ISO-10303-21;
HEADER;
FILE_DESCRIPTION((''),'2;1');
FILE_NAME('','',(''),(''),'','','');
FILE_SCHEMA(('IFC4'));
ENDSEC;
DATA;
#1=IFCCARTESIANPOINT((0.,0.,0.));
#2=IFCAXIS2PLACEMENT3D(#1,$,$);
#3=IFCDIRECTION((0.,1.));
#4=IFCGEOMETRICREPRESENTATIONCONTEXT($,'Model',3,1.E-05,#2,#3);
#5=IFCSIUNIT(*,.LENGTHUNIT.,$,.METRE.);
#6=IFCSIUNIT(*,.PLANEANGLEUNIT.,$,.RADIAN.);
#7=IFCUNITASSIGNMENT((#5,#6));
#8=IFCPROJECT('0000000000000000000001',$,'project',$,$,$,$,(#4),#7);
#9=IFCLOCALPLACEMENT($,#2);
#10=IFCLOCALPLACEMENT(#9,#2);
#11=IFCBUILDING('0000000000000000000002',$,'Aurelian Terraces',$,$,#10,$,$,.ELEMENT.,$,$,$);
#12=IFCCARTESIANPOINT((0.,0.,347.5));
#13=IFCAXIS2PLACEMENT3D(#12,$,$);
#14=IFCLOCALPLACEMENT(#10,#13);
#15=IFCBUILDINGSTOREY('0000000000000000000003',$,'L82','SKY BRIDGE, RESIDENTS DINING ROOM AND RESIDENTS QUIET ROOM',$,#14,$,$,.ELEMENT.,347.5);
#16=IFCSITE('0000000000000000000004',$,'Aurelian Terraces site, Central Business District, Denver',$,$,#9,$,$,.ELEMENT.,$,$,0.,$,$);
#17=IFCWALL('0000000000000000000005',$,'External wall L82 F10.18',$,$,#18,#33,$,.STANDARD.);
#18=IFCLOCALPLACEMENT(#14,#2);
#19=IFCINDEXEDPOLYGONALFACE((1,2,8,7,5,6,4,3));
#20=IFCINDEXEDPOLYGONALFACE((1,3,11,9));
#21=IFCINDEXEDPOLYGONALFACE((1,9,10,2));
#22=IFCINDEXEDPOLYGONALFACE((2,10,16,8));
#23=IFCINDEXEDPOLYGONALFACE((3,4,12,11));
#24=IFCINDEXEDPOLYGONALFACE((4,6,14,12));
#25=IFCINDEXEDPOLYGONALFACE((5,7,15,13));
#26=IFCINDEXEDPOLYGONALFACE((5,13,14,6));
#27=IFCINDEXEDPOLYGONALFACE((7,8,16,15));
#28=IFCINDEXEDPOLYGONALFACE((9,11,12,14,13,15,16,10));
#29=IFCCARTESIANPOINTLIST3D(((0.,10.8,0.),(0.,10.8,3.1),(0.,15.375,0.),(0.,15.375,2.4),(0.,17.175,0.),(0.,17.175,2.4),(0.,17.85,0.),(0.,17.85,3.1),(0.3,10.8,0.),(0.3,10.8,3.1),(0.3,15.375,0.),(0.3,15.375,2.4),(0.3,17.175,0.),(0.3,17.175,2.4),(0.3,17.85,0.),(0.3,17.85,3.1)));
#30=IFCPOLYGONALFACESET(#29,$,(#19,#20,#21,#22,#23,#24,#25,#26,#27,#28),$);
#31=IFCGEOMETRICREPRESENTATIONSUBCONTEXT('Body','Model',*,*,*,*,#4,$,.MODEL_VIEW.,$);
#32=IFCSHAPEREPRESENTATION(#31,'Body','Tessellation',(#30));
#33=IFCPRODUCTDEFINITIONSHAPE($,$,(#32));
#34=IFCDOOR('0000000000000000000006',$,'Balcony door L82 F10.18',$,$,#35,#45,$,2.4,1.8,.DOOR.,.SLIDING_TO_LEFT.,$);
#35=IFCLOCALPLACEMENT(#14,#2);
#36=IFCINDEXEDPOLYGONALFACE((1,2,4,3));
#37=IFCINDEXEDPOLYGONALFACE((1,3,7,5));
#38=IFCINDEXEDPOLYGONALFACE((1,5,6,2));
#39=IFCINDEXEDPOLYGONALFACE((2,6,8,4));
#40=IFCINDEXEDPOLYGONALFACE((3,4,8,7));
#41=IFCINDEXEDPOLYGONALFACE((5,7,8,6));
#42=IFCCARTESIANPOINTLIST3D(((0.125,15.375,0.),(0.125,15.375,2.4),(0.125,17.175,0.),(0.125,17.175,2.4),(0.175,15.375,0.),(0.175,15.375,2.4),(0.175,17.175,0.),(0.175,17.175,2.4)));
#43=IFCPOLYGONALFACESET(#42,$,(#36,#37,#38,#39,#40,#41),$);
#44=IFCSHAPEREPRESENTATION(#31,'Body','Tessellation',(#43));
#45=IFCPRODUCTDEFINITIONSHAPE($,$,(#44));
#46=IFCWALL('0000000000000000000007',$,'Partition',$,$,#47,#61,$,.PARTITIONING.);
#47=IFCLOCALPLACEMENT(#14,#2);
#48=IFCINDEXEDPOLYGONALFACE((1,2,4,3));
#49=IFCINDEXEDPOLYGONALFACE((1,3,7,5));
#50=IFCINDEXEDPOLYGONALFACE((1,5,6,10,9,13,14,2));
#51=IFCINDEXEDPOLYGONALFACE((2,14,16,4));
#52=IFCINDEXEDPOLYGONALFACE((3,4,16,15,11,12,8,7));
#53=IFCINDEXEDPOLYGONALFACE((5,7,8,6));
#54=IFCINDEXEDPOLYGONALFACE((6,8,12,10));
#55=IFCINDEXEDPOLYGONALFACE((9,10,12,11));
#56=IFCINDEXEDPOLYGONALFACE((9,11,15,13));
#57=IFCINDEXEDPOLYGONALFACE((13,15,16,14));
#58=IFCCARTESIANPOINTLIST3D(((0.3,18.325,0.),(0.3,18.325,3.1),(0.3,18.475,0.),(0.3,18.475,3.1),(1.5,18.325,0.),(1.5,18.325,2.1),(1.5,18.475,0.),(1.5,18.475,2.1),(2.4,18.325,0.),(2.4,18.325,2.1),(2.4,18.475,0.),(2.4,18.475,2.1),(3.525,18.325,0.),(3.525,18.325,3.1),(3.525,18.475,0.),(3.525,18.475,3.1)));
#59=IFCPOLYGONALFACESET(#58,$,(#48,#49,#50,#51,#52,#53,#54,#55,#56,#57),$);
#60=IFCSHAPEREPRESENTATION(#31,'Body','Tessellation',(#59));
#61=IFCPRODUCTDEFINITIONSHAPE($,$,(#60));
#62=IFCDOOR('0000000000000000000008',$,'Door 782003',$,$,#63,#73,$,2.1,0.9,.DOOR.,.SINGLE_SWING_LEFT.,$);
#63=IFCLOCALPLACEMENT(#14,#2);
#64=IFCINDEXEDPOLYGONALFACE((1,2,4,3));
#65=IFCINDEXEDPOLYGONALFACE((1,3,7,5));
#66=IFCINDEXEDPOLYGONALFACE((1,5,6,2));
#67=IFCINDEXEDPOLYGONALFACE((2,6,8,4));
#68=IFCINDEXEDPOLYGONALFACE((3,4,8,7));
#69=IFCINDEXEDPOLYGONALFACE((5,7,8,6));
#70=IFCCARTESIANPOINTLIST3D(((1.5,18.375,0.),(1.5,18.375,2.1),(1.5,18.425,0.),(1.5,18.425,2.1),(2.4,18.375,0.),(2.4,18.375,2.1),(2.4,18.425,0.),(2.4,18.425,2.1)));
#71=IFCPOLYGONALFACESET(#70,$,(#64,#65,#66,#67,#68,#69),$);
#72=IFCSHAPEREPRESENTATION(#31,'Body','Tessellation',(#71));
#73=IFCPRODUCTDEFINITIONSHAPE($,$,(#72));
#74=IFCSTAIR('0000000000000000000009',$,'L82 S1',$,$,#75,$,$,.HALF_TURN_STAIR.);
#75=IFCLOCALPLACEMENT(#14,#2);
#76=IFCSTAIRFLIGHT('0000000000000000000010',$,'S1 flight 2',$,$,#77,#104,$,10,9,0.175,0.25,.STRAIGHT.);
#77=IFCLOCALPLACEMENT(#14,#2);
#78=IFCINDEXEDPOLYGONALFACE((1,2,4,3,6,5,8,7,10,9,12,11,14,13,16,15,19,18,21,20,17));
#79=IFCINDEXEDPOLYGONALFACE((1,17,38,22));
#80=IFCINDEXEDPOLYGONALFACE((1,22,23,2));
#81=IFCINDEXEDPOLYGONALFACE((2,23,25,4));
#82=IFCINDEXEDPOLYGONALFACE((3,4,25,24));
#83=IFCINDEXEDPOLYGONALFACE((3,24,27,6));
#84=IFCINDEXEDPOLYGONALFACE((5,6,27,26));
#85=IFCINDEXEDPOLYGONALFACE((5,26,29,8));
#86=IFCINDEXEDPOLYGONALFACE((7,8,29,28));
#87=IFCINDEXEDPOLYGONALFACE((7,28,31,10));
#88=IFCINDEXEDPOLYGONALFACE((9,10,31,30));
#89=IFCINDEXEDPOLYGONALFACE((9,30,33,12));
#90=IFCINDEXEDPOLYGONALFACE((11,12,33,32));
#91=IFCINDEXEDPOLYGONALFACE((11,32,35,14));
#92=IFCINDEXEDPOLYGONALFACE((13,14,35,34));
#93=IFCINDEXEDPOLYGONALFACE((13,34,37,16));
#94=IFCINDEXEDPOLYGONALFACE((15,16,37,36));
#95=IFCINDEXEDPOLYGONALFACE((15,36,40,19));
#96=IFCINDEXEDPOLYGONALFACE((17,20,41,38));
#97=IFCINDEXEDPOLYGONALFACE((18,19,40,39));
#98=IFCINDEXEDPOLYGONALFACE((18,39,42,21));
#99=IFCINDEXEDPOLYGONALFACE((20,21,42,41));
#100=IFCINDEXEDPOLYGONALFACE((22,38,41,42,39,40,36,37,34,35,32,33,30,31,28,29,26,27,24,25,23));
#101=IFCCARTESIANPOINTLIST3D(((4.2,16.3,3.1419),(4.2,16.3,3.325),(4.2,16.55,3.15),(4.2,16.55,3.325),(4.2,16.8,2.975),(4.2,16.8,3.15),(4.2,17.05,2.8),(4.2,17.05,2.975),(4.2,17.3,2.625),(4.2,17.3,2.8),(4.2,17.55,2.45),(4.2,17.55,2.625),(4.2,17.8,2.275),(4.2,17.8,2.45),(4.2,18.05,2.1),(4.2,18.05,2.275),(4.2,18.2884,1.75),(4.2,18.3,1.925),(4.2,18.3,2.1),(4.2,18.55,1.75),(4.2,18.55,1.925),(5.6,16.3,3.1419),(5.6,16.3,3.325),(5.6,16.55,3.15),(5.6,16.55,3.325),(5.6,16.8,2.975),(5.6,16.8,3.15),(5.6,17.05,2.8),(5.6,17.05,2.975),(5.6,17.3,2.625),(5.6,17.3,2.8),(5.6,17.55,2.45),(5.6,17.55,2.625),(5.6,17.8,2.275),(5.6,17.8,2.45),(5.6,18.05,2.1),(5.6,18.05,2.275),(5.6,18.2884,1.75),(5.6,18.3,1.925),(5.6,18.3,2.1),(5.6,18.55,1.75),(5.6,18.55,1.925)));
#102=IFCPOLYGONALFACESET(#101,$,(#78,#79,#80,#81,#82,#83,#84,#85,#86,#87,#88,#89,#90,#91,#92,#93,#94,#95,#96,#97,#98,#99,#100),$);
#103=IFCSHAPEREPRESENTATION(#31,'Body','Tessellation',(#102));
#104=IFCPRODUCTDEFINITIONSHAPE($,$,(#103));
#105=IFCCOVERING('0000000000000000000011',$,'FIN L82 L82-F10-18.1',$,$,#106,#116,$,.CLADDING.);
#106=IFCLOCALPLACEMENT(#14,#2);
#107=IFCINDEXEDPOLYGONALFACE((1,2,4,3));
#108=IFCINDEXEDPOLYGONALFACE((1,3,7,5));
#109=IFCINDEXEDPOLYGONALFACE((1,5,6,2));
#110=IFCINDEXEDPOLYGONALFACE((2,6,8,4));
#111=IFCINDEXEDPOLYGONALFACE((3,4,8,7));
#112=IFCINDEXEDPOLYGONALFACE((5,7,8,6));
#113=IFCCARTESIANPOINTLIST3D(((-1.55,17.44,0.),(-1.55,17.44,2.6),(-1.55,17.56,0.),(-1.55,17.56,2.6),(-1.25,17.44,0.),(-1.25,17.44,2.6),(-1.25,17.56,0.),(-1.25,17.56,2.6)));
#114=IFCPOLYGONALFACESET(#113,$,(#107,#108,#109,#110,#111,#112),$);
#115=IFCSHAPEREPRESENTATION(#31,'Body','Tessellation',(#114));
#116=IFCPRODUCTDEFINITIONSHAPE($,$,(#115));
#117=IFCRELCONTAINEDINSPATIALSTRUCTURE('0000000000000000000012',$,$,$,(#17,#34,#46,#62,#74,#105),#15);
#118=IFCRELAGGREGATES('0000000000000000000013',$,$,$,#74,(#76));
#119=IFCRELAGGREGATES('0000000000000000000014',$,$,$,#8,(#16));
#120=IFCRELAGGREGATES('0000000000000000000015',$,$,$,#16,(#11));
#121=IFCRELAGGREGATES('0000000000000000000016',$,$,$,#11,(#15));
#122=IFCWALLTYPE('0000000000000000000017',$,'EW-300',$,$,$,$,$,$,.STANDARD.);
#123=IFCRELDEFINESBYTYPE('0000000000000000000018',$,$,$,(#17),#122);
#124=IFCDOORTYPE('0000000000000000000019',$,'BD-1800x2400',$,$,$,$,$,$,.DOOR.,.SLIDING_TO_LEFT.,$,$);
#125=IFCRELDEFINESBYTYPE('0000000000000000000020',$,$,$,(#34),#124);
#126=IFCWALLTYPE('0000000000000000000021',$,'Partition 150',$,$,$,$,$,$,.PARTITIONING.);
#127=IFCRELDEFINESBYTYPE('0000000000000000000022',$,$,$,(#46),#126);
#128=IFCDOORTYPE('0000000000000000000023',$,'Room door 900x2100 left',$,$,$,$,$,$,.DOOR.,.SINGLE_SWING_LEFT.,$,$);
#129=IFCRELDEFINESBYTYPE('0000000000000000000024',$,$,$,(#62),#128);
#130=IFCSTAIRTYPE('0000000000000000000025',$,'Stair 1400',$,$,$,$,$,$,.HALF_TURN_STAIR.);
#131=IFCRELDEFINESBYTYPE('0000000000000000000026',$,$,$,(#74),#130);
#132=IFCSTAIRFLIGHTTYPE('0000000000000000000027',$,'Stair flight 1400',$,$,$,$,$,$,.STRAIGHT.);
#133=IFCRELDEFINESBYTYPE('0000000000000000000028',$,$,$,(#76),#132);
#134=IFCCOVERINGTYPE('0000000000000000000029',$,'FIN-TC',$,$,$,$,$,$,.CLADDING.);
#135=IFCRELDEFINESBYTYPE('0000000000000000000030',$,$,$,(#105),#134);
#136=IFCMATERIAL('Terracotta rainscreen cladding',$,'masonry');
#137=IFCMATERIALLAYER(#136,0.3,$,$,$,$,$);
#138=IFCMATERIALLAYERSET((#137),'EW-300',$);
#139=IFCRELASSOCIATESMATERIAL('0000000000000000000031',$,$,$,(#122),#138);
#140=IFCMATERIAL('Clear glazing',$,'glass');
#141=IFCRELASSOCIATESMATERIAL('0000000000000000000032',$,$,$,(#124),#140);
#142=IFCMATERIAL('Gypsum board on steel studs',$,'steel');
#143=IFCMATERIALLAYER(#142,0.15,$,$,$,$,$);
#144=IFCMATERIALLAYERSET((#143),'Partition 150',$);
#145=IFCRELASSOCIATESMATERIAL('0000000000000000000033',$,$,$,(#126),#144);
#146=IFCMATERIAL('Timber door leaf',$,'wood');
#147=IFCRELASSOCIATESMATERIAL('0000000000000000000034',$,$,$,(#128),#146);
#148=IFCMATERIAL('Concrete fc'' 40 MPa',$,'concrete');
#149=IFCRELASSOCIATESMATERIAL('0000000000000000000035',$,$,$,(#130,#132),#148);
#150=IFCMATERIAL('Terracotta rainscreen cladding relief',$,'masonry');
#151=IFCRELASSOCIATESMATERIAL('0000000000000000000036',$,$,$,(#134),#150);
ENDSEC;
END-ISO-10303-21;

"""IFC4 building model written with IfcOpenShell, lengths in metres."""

from ifc_helpers import new_model, si_unit, direction, frame, frame_2d, origin, origin_2d, place, context, subcontext, project, spatial, polyline, rectangle, outline, extrude, source, transform, mapped, material, layer, layer_set, type_object, element, fill, aggregate, save


model = new_model("IFC4")

# Units and contexts
model_context = context("Model", 3, precision=1e-05, world=origin(), true_north=direction((0.0, 1.0)))
body_context = subcontext(model_context, "Body", "Model", "MODEL_VIEW")
ifc_project = project(units=[si_unit("LENGTHUNIT", "METRE"), si_unit("PLANEANGLEUNIT", "RADIAN")], contexts=[model_context])

# Site, building, storey
site_placement = place(None, origin())
site = spatial("IfcSite", under=ifc_project, at=site_placement, Name="Aurelian Terraces site, Central Business District, Denver", CompositionType="ELEMENT", RefElevation=0.0)
building_placement = place(site_placement, origin())
building = spatial("IfcBuilding", under=site, at=building_placement, Name="Aurelian Terraces", CompositionType="ELEMENT")
storey_placement = place(building_placement, frame((0.0, 0.0, 347.5)))
storey = spatial("IfcBuildingStorey", under=building, at=storey_placement, Name="L82", Description="SKY BRIDGE, RESIDENTS DINING ROOM AND RESIDENTS QUIET ROOM", CompositionType="ELEMENT", Elevation=347.5)

# Shared definitions
ifc_material_1 = material(Name="Terracotta rainscreen cladding", Category="masonry")
ifc_layer_1 = layer(ifc_material_1, 0.3)
ifc_layer_set_1 = layer_set([ifc_layer_1], Name="EW-300")
wall_type_1 = type_object("IfcWallType", Name="EW-300", PredefinedType="STANDARD", material=ifc_layer_set_1)
ifc_material_2 = material(Name="Clear glazing", Category="glass")

# Walls, openings, doors
shared_shape_1 = source(origin(), body_context, "Body", "SweptSolid", [
    extrude(rectangle(XDim=7.05, YDim=0.3, at=frame_2d((3.525, 0.0))), origin(), (0.0, 0.0, 1.0), 3.1),
])
wall_1_placement = place(storey_placement, frame((0.15, 17.85, 0.0), z_axis=(0.0, 0.0, 1.0), x_axis=(0.0, -1.0, 0.0)))
wall_1 = element("IfcWall", 1, at=wall_1_placement, inside=storey, type_object=wall_type_1, Name="External wall L82 F10.18", PredefinedType="STANDARD", context=body_context, shape_type="MappedRepresentation", body=[
    mapped(shared_shape_1, transform((0.0, 0.0, 0.0), scale=1.0)),
])
shared_shape_2 = source(origin(), body_context, "Body", "SweptSolid", [
    extrude(rectangle(XDim=1.8, YDim=2.4, at=frame_2d((0.9, 1.2))), frame((0.0, 0.16, 0.0), z_axis=(0.0, -1.0, 0.0), x_axis=(1.0, 0.0, 0.0)), (0.0, 0.0, 1.0), 0.32),
])
opening_1_placement = place(wall_1_placement, frame((0.675, 0.0, 0.0)))
opening_1 = element("IfcOpeningElement", 2, at=opening_1_placement, cuts=wall_1, PredefinedType="OPENING", context=body_context, shape_type="MappedRepresentation", body=[
    mapped(shared_shape_2, transform((0.0, 0.0, 0.0), scale=1.0)),
])
door_type_1 = type_object("IfcDoorType", Name="BD-1800x2400", OperationType="SLIDING_TO_LEFT", PredefinedType="DOOR", material=ifc_material_2)
shared_shape_3 = source(origin(), body_context, "Body", "SweptSolid", [
    extrude(rectangle(XDim=1.8, YDim=2.4, at=frame_2d((0.9, 1.2))), frame((0.0, 0.025, 0.0), z_axis=(0.0, -1.0, 0.0), x_axis=(1.0, 0.0, 0.0)), (0.0, 0.0, 1.0), 0.05),
])
door_1_placement = place(opening_1_placement, origin())
door_1 = element("IfcDoor", 3, at=door_1_placement, inside=storey, type_object=door_type_1, Name="Balcony door L82 F10.18", OperationType="SLIDING_TO_LEFT", OverallHeight=2.4, OverallWidth=1.8, PredefinedType="DOOR", context=body_context, shape_type="MappedRepresentation", body=[
    mapped(shared_shape_3, transform((0.0, 0.0, 0.0), scale=1.0)),
])
fill(opening_1, door_1)
ifc_material_3 = material(Name="Gypsum board on steel studs", Category="steel")
ifc_layer_2 = layer(ifc_material_3, 0.15)
ifc_layer_set_2 = layer_set([ifc_layer_2], Name="Partition 150")
wall_type_2 = type_object("IfcWallType", Name="Partition 150", PredefinedType="PARTITIONING", material=ifc_layer_set_2)
shared_shape_4 = source(origin(), body_context, "Body", "SweptSolid", [
    extrude(rectangle(XDim=3.225, YDim=0.15, at=frame_2d((1.6125, 0.0))), origin(), (0.0, 0.0, 1.0), 3.1),
])
wall_2_placement = place(storey_placement, frame((0.3, 18.4, 0.0), z_axis=(0.0, 0.0, 1.0), x_axis=(1.0, 0.0, 0.0)))
wall_2 = element("IfcWall", 4, at=wall_2_placement, inside=storey, type_object=wall_type_2, Name="Partition", PredefinedType="PARTITIONING", context=body_context, shape_type="MappedRepresentation", body=[
    mapped(shared_shape_4, transform((0.0, 0.0, 0.0), scale=1.0)),
])
shared_shape_5 = source(origin(), body_context, "Body", "SweptSolid", [
    extrude(rectangle(XDim=0.9, YDim=2.1, at=frame_2d((0.45, 1.05))), frame((0.0, 0.085, 0.0), z_axis=(0.0, -1.0, 0.0), x_axis=(1.0, 0.0, 0.0)), (0.0, 0.0, 1.0), 0.17),
])
opening_2_placement = place(wall_2_placement, frame((1.2, 0.0, 0.0)))
opening_2 = element("IfcOpeningElement", 5, at=opening_2_placement, cuts=wall_2, PredefinedType="OPENING", context=body_context, shape_type="MappedRepresentation", body=[
    mapped(shared_shape_5, transform((0.0, 0.0, 0.0), scale=1.0)),
])
ifc_material_4 = material(Name="Timber door leaf", Category="wood")
door_type_2 = type_object("IfcDoorType", Name="Room door 900x2100 left", OperationType="SINGLE_SWING_LEFT", PredefinedType="DOOR", material=ifc_material_4)
shared_shape_6 = source(origin(), body_context, "Body", "SweptSolid", [
    extrude(rectangle(XDim=0.9, YDim=2.1, at=frame_2d((0.45, 1.05))), frame((0.0, 0.025, 0.0), z_axis=(0.0, -1.0, 0.0), x_axis=(1.0, 0.0, 0.0)), (0.0, 0.0, 1.0), 0.05),
])
door_2_placement = place(opening_2_placement, origin())
door_2 = element("IfcDoor", 6, at=door_2_placement, inside=storey, type_object=door_type_2, Name="Door 782003", OperationType="SINGLE_SWING_LEFT", OverallHeight=2.1, OverallWidth=0.9, PredefinedType="DOOR", context=body_context, shape_type="MappedRepresentation", body=[
    mapped(shared_shape_6, transform((0.0, 0.0, 0.0), scale=1.0)),
])
fill(opening_2, door_2)

# Stair, stair flight
ifc_material_5 = material(Name="Concrete fc' 40 MPa", Category="concrete")
stair_type = type_object("IfcStairType", Name="Stair 1400", PredefinedType="HALF_TURN_STAIR", material=ifc_material_5)
stair_placement = place(storey_placement, origin())
stair = element("IfcStair", 7, at=stair_placement, inside=storey, type_object=stair_type, Name="L82 S1", PredefinedType="HALF_TURN_STAIR")
stair_flight_type = type_object("IfcStairFlightType", Name="Stair flight 1400", PredefinedType="STRAIGHT", material=ifc_material_5)
shared_shape_7 = source(origin(), body_context, "Body", "SweptSolid", [
    extrude(outline(polyline([(0.0, 0.0), (0.0, 0.175), (0.25, 0.175), (0.25, 0.35), (0.5, 0.35), (0.5, 0.525), (0.75, 0.525), (0.75, 0.7), (1.0, 0.7), (1.0, 0.875), (1.25, 0.875), (1.25, 1.05), (1.5, 1.05), (1.5, 1.225), (1.75, 1.225), (1.75, 1.4), (2.0, 1.4), (2.0, 1.575), (2.25, 1.575), (2.25, 1.75), (2.25, 1.3919), (0.2616, 0.0), (0.0, 0.0)])), frame((0.0, 0.7, 0.0), z_axis=(0.0, -1.0, 0.0), x_axis=(1.0, 0.0, 0.0)), (0.0, 0.0, 1.0), 1.4),
])
stair_flight_placement = place(storey_placement, frame((4.9, 18.55, 1.75), z_axis=(0.0, 0.0, 1.0), x_axis=(0.0, -1.0, 0.0)))
stair_flight = element("IfcStairFlight", 8, at=stair_flight_placement, type_object=stair_flight_type, Name="S1 flight 2", NumberOfRisers=10, NumberOfTreads=9, PredefinedType="STRAIGHT", RiserHeight=0.175, TreadLength=0.25, context=body_context, shape_type="MappedRepresentation", body=[
    mapped(shared_shape_7, transform((0.0, 0.0, 0.0), scale=1.0)),
])
aggregate(stair, [stair_flight])

# Covering
ifc_material_6 = material(Name="Terracotta rainscreen cladding relief", Category="masonry")
covering_type = type_object("IfcCoveringType", Name="FIN-TC", PredefinedType="CLADDING", material=ifc_material_6)
shared_shape_8 = source(origin(), body_context, "Body", "SweptSolid", [
    extrude(rectangle(XDim=0.3, YDim=0.12, at=origin_2d()), origin(), (0.0, 0.0, 1.0), 2.6),
])
covering_placement = place(storey_placement, frame((-1.4, 17.5, 0.0), z_axis=(0.0, 0.0, 1.0), x_axis=(1.0, 0.0, 0.0)))
element("IfcCovering", 9, at=covering_placement, inside=storey, type_object=covering_type, Name="FIN L82 L82-F10-18.1", PredefinedType="CLADDING", context=body_context, shape_type="MappedRepresentation", body=[
    mapped(shared_shape_8, transform((0.0, 0.0, 0.0), scale=1.0)),
])

save(model, "model.ifc")
